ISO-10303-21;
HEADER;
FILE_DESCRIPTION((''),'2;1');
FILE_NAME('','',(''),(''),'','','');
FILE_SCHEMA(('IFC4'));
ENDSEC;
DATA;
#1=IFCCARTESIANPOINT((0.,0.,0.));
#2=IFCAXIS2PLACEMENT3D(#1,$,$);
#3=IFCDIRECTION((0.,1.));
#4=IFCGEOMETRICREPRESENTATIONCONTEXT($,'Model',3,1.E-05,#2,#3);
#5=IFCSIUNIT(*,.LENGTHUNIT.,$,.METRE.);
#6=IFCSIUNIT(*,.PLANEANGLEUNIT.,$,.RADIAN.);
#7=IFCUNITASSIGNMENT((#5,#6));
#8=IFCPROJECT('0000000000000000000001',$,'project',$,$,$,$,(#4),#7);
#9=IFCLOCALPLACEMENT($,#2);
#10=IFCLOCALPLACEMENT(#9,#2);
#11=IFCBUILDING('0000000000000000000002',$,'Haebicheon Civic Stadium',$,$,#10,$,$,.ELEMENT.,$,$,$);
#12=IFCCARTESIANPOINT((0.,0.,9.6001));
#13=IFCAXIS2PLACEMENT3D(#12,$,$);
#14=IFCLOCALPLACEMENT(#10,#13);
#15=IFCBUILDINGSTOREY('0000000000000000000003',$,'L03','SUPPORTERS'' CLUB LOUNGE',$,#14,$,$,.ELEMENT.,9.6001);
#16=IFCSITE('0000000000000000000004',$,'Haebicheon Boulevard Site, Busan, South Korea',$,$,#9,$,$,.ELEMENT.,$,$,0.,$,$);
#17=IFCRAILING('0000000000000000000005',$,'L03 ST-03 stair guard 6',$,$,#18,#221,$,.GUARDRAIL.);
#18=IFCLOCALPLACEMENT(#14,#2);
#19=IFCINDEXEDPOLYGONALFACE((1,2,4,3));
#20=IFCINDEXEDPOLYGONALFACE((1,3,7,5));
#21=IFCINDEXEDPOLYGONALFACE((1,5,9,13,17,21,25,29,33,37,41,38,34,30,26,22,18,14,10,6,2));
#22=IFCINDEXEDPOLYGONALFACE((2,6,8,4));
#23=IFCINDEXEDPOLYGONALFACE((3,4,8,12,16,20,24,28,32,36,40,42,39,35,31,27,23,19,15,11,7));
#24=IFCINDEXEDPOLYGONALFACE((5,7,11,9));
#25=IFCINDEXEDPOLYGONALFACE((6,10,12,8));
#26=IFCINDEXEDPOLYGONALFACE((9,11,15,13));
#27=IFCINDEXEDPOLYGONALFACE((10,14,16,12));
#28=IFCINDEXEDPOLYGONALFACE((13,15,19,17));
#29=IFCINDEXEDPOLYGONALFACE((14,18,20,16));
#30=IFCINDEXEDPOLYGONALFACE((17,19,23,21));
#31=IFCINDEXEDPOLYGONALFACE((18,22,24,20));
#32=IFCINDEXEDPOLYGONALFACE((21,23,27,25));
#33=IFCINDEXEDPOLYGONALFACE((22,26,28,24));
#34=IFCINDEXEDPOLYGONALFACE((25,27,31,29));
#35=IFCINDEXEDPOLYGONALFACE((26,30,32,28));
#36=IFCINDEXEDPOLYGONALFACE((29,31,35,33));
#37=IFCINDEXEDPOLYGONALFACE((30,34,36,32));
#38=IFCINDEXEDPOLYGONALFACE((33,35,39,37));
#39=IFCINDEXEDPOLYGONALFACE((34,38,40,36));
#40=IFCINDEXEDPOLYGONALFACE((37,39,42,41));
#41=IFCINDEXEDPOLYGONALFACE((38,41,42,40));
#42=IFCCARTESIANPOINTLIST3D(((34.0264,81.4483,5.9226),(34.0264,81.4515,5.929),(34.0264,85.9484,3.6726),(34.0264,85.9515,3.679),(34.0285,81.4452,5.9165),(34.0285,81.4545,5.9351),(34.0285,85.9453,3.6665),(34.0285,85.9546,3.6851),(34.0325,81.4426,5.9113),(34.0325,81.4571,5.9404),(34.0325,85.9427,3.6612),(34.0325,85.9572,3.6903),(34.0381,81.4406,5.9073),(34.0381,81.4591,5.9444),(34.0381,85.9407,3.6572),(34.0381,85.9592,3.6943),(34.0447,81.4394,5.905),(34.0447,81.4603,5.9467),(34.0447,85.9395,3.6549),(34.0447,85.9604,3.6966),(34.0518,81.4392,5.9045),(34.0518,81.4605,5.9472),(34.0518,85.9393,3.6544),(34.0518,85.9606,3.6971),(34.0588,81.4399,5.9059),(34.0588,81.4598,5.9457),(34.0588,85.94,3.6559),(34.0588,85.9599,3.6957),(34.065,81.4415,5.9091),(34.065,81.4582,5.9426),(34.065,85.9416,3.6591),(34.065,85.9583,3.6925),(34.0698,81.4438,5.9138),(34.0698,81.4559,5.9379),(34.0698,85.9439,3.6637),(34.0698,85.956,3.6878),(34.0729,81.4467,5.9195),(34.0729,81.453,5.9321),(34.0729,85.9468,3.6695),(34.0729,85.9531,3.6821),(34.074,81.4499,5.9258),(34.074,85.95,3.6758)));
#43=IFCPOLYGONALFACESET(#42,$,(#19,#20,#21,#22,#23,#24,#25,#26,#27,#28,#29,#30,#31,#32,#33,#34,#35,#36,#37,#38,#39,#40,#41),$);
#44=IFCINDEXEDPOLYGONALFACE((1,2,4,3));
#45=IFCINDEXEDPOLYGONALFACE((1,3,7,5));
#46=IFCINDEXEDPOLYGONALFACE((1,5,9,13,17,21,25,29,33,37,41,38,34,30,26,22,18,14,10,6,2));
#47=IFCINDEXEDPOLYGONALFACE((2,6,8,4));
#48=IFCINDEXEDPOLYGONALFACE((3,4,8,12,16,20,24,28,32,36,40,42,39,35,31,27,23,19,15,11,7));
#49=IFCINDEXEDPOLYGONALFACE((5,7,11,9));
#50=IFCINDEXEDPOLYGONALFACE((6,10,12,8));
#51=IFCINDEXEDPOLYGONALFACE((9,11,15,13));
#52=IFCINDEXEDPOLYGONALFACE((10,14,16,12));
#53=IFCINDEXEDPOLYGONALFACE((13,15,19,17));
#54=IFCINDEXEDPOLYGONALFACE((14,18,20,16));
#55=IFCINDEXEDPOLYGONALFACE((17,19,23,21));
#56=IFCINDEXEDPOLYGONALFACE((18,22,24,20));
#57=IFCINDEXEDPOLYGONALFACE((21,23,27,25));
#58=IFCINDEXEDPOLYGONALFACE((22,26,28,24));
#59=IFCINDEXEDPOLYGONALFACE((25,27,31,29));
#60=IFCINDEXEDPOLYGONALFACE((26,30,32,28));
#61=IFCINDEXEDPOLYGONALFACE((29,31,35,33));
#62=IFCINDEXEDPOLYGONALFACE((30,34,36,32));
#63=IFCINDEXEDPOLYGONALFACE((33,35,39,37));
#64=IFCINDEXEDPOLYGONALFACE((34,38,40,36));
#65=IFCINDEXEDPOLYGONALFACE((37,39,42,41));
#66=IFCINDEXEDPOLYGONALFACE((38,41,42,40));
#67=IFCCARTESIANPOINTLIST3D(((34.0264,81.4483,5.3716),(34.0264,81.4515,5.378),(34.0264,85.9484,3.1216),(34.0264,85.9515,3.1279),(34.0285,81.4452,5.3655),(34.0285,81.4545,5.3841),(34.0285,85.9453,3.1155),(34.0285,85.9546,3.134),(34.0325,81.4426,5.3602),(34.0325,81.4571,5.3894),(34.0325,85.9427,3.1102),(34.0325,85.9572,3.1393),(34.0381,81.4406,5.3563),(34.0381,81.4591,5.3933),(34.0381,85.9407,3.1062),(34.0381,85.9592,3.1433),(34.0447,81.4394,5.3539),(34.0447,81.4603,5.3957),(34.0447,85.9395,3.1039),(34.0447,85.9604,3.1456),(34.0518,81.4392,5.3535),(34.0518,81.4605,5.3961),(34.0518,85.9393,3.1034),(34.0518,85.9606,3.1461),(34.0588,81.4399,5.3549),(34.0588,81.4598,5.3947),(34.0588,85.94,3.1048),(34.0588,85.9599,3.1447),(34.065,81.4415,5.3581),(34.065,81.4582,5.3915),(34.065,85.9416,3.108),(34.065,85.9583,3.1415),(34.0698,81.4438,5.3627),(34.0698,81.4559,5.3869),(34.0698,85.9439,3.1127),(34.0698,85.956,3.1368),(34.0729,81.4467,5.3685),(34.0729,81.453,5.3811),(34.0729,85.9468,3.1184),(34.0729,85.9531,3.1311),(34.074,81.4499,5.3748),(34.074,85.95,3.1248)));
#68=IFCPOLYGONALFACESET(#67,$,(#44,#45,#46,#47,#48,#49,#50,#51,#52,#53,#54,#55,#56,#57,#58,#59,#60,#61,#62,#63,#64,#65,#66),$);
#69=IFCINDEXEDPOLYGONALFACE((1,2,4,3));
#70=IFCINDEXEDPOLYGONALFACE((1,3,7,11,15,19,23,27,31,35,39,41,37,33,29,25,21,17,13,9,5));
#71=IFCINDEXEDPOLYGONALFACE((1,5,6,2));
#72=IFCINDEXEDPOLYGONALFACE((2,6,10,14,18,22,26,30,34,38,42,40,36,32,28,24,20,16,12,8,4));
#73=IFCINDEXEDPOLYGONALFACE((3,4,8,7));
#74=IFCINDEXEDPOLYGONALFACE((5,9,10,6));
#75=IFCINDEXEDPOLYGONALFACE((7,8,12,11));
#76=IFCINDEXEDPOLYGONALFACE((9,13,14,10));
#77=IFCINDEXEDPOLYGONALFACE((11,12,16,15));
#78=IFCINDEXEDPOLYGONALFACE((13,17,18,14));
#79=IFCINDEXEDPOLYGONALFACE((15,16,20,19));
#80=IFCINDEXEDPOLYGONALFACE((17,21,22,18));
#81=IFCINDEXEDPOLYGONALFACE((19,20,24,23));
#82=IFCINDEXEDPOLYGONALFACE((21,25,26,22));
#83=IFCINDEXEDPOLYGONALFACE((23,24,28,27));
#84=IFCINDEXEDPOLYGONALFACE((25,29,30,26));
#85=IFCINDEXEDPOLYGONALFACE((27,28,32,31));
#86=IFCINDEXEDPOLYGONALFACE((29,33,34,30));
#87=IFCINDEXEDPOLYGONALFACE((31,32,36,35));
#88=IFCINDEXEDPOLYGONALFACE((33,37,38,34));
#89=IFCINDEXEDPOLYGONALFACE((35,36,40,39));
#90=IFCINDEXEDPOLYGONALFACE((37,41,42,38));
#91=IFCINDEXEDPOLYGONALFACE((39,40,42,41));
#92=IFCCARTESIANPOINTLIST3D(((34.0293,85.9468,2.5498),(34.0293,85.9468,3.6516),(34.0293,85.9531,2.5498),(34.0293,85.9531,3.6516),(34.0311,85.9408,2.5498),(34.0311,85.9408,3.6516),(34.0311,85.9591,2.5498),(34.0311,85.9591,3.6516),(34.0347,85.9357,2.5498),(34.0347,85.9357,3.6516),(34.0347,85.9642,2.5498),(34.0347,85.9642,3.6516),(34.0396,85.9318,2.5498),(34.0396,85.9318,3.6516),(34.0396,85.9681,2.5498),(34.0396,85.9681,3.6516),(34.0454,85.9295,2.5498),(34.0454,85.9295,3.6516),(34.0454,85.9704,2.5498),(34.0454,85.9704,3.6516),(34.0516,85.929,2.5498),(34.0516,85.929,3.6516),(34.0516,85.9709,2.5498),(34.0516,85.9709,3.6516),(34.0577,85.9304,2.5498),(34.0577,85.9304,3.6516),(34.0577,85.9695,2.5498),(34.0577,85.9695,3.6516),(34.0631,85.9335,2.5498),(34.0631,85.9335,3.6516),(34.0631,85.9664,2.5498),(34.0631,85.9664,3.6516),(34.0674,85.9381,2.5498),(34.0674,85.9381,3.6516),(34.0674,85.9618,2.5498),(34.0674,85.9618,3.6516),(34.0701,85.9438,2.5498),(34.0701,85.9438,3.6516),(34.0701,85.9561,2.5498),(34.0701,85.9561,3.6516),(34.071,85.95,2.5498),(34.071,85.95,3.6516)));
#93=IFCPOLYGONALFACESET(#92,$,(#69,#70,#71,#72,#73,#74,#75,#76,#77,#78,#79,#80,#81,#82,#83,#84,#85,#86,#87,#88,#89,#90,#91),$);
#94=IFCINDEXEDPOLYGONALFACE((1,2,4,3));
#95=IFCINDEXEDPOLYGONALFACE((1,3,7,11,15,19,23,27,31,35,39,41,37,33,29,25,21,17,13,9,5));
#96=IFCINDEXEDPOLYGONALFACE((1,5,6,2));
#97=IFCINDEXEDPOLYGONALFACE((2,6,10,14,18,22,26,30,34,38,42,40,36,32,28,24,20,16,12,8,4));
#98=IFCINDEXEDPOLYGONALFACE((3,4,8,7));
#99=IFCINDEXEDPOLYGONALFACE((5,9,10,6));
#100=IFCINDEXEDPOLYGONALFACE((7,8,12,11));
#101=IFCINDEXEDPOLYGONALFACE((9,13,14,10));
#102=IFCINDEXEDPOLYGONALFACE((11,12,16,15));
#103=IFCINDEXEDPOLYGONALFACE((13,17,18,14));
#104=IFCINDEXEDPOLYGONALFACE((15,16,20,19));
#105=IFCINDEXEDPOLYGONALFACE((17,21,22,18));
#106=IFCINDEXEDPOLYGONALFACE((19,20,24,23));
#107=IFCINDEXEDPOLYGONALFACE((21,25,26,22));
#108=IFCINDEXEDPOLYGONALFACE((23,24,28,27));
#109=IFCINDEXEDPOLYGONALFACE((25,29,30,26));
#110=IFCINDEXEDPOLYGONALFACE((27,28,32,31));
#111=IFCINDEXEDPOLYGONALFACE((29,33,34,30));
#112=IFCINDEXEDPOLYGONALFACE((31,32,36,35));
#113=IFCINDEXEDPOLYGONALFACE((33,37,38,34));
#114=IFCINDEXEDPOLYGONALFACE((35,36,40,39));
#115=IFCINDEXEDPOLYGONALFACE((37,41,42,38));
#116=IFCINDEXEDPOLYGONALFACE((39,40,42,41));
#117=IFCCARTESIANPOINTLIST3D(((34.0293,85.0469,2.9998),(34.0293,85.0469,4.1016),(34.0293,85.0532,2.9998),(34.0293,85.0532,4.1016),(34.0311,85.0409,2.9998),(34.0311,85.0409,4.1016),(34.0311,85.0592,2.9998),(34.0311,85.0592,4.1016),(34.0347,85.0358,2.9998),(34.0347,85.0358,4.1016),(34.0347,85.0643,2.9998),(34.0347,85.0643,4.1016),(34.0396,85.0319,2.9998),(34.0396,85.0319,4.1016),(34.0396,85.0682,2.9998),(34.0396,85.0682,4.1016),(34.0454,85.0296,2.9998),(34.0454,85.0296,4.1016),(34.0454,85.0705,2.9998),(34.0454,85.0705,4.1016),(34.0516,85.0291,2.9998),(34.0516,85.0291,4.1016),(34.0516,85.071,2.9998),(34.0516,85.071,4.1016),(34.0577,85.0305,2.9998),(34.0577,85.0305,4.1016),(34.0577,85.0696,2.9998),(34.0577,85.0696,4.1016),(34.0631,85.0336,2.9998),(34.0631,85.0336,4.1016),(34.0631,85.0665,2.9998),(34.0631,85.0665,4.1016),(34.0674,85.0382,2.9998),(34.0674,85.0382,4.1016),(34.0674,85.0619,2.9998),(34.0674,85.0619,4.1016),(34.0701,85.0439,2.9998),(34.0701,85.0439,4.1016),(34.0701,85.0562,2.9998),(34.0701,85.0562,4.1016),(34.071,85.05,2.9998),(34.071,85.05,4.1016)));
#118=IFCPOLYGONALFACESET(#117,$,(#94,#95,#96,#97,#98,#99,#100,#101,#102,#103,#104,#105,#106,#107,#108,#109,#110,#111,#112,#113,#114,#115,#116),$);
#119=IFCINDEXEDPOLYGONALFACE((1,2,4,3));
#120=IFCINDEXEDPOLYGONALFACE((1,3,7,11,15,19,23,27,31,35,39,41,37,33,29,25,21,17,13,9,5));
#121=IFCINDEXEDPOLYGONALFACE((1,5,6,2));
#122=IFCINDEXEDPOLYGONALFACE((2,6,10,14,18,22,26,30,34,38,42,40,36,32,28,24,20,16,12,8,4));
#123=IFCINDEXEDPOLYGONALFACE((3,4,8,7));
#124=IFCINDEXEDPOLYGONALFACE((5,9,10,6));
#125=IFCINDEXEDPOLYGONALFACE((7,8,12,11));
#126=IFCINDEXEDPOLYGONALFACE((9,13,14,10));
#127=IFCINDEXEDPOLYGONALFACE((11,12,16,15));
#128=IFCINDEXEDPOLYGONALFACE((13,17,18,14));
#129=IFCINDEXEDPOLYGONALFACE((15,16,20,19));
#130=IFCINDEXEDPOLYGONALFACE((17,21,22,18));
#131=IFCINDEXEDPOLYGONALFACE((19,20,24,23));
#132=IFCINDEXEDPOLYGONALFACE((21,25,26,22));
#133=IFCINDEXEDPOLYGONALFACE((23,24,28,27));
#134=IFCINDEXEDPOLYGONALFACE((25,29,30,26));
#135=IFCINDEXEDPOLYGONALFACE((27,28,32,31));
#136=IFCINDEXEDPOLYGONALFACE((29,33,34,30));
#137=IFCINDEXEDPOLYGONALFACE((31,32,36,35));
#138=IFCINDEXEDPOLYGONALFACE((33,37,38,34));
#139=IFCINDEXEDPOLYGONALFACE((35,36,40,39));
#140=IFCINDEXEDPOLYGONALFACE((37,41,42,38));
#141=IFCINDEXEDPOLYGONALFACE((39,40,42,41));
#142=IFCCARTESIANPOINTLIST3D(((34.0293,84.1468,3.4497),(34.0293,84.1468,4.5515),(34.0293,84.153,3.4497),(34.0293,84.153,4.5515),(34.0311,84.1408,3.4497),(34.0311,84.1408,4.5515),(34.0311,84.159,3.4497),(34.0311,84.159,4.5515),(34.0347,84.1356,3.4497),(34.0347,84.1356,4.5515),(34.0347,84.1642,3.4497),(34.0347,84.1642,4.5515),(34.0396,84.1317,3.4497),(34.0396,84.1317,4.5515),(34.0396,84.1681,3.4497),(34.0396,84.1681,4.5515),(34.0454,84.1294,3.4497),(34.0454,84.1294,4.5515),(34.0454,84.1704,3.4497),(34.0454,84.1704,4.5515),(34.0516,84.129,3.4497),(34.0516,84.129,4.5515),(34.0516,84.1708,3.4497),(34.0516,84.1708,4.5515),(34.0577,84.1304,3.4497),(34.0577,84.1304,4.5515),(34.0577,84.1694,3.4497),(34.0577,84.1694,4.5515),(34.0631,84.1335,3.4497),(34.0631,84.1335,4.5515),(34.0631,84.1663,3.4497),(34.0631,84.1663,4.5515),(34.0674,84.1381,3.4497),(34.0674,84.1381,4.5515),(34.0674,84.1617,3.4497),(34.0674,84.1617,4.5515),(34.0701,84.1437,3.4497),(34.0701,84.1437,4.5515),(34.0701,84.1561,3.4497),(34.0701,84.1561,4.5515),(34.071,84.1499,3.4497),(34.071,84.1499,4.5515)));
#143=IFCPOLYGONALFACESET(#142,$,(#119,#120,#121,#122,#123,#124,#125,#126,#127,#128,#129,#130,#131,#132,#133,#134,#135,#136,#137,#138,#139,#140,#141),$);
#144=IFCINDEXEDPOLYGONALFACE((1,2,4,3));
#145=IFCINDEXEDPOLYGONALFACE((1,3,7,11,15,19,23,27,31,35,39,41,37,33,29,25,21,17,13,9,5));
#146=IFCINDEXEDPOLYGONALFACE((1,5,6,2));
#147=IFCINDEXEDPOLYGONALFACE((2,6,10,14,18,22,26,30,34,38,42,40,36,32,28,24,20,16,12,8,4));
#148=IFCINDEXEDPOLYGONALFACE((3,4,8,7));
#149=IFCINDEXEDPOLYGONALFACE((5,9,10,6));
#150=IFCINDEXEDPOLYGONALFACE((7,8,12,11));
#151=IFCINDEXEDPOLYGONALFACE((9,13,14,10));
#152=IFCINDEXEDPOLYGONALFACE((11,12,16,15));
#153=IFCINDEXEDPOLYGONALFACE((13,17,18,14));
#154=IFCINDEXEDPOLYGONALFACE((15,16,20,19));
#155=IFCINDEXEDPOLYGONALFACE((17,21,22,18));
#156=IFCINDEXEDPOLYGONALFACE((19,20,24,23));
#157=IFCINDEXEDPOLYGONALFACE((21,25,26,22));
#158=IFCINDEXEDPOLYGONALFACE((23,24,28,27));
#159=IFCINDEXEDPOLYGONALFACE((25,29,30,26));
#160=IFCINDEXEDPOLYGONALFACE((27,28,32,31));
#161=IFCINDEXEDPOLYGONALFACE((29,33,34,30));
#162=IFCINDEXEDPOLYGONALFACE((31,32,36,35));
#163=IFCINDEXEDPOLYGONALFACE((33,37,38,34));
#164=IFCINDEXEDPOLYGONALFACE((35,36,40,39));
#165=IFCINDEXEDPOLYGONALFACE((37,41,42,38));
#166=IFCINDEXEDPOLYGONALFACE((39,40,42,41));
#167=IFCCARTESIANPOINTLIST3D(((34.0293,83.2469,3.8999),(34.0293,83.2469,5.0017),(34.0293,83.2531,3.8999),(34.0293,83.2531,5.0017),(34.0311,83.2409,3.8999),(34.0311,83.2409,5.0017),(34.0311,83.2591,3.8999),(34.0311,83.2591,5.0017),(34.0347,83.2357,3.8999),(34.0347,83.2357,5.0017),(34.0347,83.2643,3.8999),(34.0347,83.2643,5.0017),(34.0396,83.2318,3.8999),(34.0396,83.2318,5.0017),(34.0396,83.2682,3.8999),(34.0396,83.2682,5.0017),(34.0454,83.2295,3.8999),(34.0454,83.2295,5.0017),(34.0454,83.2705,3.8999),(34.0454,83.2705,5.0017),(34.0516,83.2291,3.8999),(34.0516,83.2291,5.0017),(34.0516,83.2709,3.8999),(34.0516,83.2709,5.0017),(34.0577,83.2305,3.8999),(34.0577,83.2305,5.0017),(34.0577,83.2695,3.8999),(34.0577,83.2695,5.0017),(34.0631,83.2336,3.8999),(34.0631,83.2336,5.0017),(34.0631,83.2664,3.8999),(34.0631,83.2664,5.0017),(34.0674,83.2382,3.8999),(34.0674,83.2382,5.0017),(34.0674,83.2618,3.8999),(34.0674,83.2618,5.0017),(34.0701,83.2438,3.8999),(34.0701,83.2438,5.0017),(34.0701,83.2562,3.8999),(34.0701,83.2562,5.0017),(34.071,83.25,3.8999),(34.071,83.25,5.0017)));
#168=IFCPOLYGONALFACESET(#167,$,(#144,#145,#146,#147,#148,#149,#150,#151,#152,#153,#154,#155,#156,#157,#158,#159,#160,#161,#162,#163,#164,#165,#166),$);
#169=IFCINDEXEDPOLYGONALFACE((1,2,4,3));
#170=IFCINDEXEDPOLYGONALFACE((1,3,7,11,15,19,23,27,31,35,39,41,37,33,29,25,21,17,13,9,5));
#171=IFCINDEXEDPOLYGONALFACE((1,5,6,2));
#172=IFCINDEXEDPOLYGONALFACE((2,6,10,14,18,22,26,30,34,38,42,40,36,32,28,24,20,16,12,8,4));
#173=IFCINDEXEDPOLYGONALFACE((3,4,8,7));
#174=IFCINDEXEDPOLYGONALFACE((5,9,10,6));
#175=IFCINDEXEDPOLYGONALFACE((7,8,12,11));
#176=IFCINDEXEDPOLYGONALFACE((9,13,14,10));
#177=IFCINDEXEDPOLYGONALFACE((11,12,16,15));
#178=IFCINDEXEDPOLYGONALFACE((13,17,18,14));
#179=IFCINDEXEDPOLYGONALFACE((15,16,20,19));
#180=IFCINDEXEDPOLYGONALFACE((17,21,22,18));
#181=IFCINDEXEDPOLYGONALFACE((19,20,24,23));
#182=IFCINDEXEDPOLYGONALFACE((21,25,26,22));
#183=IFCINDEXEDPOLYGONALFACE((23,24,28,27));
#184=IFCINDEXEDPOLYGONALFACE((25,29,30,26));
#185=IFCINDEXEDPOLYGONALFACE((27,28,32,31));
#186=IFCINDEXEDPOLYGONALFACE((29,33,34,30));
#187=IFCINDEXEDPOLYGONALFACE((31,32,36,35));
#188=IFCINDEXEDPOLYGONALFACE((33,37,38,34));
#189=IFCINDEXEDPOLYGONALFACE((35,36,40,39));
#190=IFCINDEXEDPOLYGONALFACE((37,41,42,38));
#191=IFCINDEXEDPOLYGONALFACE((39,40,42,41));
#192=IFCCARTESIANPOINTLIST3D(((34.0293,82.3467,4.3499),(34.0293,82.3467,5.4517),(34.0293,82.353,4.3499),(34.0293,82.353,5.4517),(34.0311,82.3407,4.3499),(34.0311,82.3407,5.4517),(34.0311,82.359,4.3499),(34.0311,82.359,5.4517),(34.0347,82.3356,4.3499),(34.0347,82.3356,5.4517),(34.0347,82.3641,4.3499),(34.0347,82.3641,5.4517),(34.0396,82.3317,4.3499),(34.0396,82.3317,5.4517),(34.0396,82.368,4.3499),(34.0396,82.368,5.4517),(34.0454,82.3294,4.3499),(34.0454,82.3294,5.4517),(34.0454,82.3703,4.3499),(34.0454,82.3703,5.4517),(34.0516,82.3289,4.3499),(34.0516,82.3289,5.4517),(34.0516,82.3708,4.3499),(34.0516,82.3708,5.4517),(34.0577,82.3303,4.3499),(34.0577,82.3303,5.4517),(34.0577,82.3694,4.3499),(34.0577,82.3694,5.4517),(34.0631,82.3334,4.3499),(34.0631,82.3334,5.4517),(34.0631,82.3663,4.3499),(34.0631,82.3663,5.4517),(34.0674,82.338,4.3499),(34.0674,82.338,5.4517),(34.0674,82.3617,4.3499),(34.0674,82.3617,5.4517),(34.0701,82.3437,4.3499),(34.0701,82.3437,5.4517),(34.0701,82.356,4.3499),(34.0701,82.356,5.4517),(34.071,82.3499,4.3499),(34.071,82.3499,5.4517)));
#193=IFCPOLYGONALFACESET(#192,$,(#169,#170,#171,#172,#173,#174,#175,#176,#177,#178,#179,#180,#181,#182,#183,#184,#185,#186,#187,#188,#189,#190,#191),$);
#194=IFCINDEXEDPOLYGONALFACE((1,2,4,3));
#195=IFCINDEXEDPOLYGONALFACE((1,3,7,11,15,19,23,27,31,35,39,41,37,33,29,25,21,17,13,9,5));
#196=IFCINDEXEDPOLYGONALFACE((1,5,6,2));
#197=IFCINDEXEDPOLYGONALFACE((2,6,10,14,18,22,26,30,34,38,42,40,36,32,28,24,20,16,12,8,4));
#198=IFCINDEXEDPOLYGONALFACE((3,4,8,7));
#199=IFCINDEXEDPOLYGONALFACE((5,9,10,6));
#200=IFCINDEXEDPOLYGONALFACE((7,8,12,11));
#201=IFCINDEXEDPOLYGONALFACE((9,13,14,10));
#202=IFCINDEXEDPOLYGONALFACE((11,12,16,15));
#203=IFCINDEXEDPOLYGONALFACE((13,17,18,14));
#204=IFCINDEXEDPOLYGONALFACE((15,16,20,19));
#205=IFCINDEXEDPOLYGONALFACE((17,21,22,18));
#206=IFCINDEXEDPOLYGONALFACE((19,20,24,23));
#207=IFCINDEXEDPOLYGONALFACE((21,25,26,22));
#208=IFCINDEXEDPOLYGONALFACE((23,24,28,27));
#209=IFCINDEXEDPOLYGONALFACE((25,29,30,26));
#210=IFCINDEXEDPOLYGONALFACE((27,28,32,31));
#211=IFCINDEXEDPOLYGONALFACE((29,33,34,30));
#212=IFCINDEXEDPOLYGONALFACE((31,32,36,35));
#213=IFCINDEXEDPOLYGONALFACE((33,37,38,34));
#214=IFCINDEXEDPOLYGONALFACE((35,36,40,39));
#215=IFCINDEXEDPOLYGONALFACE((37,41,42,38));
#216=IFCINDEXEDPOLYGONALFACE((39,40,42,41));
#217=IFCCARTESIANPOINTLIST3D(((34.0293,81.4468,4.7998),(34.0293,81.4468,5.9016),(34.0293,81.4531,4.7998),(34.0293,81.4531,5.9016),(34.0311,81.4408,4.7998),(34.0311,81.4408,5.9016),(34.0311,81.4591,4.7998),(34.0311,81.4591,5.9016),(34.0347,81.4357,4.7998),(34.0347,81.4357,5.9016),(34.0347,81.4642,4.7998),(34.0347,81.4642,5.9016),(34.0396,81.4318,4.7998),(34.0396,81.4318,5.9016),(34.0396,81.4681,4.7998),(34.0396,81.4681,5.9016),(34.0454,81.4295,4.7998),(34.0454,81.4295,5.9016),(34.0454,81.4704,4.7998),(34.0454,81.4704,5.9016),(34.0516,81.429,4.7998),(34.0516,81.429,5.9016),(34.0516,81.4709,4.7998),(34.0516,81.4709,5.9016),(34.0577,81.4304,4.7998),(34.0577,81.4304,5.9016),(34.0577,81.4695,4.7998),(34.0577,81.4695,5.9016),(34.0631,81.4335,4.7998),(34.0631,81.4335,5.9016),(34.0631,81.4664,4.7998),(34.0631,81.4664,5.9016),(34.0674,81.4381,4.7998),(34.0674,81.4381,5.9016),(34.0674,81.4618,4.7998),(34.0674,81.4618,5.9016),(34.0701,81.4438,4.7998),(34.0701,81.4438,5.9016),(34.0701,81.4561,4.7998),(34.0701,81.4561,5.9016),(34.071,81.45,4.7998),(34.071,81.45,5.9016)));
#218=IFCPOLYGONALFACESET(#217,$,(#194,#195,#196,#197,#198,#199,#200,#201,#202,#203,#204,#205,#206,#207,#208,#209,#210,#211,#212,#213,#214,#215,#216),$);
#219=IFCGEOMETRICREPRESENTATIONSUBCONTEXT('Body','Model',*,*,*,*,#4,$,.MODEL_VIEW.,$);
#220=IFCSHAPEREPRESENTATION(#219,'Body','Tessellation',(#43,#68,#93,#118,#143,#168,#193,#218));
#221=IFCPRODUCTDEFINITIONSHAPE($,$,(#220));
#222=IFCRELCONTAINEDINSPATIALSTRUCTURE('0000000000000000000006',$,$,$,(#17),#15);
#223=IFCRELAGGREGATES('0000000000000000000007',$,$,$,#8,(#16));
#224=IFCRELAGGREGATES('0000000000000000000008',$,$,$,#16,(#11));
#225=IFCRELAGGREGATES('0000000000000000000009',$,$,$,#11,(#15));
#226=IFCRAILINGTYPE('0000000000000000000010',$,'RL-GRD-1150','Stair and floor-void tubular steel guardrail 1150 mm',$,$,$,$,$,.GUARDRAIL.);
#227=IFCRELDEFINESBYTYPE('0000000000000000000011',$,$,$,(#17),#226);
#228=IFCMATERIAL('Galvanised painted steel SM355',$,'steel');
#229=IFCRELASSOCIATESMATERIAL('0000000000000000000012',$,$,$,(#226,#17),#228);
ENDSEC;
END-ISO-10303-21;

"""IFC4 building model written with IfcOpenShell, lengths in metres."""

from ifc_helpers import new_model, si_unit, direction, frame, origin, origin_2d, place, context, subcontext, project, spatial, circle, extrude, material, type_object, element, save


model = new_model("IFC4")

# Units and contexts
model_context = context("Model", 3, precision=1e-05, world=origin(), true_north=direction((0.0, 1.0)))
body_context = subcontext(model_context, "Body", "Model", "MODEL_VIEW")
ifc_project = project(units=[si_unit("LENGTHUNIT", "METRE"), si_unit("PLANEANGLEUNIT", "RADIAN")], contexts=[model_context])

# Site, building, storey
site_placement = place(None, origin())
site = spatial("IfcSite", under=ifc_project, at=site_placement, Name="Haebicheon Boulevard Site, Busan, South Korea", CompositionType="ELEMENT", RefElevation=0.0)
building_placement = place(site_placement, origin())
building = spatial("IfcBuilding", under=site, at=building_placement, Name="Haebicheon Civic Stadium", CompositionType="ELEMENT")
storey_placement = place(building_placement, frame((0.0, 0.0, 9.6001)))
storey = spatial("IfcBuildingStorey", under=building, at=storey_placement, Name="L03", Description="SUPPORTERS' CLUB LOUNGE", CompositionType="ELEMENT", Elevation=9.6001)

# Railing
ifc_material_1 = material(Name="Galvanised painted steel SM355", Category="steel")
railing_type_1 = type_object("IfcRailingType", Name="RL-GRD-1150", Description="Stair and floor-void tubular steel guardrail 1150 mm", PredefinedType="GUARDRAIL", material=ifc_material_1)
railing_1_placement = place(storey_placement, frame((34.05, 85.95, 2.5498)))
element("IfcRailing", 1, at=railing_1_placement, inside=storey, type_object=railing_type_1, material=ifc_material_1, Name="L03 ST-03 stair guard 6", PredefinedType="GUARDRAIL", context=body_context, shape_type="SweptSolid", body=[
    extrude(circle(Radius=0.0239, at=origin_2d()), frame((0.0, 0.0, 1.126), z_axis=(0.0, -0.894427, 0.447214), x_axis=(1.0, 0.0, 0.0)), (0.0, 0.0, 1.0), 5.0312),
    extrude(circle(Radius=0.0239, at=origin_2d()), frame((0.0, 0.0, 0.575), z_axis=(0.0, -0.894427, 0.447214), x_axis=(1.0, 0.0, 0.0)), (0.0, 0.0, 1.0), 5.0312),
    extrude(circle(Radius=0.021, at=origin_2d()), origin(), (0.0, 0.0, 1.0), 1.1018),
    extrude(circle(Radius=0.021, at=origin_2d()), frame((0.0, -0.8999, 0.45)), (0.0, 0.0, 1.0), 1.1018),
    extrude(circle(Radius=0.021, at=origin_2d()), frame((0.0, -1.8, 0.8999)), (0.0, 0.0, 1.0), 1.1018),
    extrude(circle(Radius=0.021, at=origin_2d()), frame((0.0, -2.7, 1.3501)), (0.0, 0.0, 1.0), 1.1018),
    extrude(circle(Radius=0.021, at=origin_2d()), frame((0.0, -3.6001, 1.8)), (0.0, 0.0, 1.0), 1.1018),
    extrude(circle(Radius=0.021, at=origin_2d()), frame((0.0, -4.5, 2.25)), (0.0, 0.0, 1.0), 1.1018),
])

save(model, "model.ifc")
